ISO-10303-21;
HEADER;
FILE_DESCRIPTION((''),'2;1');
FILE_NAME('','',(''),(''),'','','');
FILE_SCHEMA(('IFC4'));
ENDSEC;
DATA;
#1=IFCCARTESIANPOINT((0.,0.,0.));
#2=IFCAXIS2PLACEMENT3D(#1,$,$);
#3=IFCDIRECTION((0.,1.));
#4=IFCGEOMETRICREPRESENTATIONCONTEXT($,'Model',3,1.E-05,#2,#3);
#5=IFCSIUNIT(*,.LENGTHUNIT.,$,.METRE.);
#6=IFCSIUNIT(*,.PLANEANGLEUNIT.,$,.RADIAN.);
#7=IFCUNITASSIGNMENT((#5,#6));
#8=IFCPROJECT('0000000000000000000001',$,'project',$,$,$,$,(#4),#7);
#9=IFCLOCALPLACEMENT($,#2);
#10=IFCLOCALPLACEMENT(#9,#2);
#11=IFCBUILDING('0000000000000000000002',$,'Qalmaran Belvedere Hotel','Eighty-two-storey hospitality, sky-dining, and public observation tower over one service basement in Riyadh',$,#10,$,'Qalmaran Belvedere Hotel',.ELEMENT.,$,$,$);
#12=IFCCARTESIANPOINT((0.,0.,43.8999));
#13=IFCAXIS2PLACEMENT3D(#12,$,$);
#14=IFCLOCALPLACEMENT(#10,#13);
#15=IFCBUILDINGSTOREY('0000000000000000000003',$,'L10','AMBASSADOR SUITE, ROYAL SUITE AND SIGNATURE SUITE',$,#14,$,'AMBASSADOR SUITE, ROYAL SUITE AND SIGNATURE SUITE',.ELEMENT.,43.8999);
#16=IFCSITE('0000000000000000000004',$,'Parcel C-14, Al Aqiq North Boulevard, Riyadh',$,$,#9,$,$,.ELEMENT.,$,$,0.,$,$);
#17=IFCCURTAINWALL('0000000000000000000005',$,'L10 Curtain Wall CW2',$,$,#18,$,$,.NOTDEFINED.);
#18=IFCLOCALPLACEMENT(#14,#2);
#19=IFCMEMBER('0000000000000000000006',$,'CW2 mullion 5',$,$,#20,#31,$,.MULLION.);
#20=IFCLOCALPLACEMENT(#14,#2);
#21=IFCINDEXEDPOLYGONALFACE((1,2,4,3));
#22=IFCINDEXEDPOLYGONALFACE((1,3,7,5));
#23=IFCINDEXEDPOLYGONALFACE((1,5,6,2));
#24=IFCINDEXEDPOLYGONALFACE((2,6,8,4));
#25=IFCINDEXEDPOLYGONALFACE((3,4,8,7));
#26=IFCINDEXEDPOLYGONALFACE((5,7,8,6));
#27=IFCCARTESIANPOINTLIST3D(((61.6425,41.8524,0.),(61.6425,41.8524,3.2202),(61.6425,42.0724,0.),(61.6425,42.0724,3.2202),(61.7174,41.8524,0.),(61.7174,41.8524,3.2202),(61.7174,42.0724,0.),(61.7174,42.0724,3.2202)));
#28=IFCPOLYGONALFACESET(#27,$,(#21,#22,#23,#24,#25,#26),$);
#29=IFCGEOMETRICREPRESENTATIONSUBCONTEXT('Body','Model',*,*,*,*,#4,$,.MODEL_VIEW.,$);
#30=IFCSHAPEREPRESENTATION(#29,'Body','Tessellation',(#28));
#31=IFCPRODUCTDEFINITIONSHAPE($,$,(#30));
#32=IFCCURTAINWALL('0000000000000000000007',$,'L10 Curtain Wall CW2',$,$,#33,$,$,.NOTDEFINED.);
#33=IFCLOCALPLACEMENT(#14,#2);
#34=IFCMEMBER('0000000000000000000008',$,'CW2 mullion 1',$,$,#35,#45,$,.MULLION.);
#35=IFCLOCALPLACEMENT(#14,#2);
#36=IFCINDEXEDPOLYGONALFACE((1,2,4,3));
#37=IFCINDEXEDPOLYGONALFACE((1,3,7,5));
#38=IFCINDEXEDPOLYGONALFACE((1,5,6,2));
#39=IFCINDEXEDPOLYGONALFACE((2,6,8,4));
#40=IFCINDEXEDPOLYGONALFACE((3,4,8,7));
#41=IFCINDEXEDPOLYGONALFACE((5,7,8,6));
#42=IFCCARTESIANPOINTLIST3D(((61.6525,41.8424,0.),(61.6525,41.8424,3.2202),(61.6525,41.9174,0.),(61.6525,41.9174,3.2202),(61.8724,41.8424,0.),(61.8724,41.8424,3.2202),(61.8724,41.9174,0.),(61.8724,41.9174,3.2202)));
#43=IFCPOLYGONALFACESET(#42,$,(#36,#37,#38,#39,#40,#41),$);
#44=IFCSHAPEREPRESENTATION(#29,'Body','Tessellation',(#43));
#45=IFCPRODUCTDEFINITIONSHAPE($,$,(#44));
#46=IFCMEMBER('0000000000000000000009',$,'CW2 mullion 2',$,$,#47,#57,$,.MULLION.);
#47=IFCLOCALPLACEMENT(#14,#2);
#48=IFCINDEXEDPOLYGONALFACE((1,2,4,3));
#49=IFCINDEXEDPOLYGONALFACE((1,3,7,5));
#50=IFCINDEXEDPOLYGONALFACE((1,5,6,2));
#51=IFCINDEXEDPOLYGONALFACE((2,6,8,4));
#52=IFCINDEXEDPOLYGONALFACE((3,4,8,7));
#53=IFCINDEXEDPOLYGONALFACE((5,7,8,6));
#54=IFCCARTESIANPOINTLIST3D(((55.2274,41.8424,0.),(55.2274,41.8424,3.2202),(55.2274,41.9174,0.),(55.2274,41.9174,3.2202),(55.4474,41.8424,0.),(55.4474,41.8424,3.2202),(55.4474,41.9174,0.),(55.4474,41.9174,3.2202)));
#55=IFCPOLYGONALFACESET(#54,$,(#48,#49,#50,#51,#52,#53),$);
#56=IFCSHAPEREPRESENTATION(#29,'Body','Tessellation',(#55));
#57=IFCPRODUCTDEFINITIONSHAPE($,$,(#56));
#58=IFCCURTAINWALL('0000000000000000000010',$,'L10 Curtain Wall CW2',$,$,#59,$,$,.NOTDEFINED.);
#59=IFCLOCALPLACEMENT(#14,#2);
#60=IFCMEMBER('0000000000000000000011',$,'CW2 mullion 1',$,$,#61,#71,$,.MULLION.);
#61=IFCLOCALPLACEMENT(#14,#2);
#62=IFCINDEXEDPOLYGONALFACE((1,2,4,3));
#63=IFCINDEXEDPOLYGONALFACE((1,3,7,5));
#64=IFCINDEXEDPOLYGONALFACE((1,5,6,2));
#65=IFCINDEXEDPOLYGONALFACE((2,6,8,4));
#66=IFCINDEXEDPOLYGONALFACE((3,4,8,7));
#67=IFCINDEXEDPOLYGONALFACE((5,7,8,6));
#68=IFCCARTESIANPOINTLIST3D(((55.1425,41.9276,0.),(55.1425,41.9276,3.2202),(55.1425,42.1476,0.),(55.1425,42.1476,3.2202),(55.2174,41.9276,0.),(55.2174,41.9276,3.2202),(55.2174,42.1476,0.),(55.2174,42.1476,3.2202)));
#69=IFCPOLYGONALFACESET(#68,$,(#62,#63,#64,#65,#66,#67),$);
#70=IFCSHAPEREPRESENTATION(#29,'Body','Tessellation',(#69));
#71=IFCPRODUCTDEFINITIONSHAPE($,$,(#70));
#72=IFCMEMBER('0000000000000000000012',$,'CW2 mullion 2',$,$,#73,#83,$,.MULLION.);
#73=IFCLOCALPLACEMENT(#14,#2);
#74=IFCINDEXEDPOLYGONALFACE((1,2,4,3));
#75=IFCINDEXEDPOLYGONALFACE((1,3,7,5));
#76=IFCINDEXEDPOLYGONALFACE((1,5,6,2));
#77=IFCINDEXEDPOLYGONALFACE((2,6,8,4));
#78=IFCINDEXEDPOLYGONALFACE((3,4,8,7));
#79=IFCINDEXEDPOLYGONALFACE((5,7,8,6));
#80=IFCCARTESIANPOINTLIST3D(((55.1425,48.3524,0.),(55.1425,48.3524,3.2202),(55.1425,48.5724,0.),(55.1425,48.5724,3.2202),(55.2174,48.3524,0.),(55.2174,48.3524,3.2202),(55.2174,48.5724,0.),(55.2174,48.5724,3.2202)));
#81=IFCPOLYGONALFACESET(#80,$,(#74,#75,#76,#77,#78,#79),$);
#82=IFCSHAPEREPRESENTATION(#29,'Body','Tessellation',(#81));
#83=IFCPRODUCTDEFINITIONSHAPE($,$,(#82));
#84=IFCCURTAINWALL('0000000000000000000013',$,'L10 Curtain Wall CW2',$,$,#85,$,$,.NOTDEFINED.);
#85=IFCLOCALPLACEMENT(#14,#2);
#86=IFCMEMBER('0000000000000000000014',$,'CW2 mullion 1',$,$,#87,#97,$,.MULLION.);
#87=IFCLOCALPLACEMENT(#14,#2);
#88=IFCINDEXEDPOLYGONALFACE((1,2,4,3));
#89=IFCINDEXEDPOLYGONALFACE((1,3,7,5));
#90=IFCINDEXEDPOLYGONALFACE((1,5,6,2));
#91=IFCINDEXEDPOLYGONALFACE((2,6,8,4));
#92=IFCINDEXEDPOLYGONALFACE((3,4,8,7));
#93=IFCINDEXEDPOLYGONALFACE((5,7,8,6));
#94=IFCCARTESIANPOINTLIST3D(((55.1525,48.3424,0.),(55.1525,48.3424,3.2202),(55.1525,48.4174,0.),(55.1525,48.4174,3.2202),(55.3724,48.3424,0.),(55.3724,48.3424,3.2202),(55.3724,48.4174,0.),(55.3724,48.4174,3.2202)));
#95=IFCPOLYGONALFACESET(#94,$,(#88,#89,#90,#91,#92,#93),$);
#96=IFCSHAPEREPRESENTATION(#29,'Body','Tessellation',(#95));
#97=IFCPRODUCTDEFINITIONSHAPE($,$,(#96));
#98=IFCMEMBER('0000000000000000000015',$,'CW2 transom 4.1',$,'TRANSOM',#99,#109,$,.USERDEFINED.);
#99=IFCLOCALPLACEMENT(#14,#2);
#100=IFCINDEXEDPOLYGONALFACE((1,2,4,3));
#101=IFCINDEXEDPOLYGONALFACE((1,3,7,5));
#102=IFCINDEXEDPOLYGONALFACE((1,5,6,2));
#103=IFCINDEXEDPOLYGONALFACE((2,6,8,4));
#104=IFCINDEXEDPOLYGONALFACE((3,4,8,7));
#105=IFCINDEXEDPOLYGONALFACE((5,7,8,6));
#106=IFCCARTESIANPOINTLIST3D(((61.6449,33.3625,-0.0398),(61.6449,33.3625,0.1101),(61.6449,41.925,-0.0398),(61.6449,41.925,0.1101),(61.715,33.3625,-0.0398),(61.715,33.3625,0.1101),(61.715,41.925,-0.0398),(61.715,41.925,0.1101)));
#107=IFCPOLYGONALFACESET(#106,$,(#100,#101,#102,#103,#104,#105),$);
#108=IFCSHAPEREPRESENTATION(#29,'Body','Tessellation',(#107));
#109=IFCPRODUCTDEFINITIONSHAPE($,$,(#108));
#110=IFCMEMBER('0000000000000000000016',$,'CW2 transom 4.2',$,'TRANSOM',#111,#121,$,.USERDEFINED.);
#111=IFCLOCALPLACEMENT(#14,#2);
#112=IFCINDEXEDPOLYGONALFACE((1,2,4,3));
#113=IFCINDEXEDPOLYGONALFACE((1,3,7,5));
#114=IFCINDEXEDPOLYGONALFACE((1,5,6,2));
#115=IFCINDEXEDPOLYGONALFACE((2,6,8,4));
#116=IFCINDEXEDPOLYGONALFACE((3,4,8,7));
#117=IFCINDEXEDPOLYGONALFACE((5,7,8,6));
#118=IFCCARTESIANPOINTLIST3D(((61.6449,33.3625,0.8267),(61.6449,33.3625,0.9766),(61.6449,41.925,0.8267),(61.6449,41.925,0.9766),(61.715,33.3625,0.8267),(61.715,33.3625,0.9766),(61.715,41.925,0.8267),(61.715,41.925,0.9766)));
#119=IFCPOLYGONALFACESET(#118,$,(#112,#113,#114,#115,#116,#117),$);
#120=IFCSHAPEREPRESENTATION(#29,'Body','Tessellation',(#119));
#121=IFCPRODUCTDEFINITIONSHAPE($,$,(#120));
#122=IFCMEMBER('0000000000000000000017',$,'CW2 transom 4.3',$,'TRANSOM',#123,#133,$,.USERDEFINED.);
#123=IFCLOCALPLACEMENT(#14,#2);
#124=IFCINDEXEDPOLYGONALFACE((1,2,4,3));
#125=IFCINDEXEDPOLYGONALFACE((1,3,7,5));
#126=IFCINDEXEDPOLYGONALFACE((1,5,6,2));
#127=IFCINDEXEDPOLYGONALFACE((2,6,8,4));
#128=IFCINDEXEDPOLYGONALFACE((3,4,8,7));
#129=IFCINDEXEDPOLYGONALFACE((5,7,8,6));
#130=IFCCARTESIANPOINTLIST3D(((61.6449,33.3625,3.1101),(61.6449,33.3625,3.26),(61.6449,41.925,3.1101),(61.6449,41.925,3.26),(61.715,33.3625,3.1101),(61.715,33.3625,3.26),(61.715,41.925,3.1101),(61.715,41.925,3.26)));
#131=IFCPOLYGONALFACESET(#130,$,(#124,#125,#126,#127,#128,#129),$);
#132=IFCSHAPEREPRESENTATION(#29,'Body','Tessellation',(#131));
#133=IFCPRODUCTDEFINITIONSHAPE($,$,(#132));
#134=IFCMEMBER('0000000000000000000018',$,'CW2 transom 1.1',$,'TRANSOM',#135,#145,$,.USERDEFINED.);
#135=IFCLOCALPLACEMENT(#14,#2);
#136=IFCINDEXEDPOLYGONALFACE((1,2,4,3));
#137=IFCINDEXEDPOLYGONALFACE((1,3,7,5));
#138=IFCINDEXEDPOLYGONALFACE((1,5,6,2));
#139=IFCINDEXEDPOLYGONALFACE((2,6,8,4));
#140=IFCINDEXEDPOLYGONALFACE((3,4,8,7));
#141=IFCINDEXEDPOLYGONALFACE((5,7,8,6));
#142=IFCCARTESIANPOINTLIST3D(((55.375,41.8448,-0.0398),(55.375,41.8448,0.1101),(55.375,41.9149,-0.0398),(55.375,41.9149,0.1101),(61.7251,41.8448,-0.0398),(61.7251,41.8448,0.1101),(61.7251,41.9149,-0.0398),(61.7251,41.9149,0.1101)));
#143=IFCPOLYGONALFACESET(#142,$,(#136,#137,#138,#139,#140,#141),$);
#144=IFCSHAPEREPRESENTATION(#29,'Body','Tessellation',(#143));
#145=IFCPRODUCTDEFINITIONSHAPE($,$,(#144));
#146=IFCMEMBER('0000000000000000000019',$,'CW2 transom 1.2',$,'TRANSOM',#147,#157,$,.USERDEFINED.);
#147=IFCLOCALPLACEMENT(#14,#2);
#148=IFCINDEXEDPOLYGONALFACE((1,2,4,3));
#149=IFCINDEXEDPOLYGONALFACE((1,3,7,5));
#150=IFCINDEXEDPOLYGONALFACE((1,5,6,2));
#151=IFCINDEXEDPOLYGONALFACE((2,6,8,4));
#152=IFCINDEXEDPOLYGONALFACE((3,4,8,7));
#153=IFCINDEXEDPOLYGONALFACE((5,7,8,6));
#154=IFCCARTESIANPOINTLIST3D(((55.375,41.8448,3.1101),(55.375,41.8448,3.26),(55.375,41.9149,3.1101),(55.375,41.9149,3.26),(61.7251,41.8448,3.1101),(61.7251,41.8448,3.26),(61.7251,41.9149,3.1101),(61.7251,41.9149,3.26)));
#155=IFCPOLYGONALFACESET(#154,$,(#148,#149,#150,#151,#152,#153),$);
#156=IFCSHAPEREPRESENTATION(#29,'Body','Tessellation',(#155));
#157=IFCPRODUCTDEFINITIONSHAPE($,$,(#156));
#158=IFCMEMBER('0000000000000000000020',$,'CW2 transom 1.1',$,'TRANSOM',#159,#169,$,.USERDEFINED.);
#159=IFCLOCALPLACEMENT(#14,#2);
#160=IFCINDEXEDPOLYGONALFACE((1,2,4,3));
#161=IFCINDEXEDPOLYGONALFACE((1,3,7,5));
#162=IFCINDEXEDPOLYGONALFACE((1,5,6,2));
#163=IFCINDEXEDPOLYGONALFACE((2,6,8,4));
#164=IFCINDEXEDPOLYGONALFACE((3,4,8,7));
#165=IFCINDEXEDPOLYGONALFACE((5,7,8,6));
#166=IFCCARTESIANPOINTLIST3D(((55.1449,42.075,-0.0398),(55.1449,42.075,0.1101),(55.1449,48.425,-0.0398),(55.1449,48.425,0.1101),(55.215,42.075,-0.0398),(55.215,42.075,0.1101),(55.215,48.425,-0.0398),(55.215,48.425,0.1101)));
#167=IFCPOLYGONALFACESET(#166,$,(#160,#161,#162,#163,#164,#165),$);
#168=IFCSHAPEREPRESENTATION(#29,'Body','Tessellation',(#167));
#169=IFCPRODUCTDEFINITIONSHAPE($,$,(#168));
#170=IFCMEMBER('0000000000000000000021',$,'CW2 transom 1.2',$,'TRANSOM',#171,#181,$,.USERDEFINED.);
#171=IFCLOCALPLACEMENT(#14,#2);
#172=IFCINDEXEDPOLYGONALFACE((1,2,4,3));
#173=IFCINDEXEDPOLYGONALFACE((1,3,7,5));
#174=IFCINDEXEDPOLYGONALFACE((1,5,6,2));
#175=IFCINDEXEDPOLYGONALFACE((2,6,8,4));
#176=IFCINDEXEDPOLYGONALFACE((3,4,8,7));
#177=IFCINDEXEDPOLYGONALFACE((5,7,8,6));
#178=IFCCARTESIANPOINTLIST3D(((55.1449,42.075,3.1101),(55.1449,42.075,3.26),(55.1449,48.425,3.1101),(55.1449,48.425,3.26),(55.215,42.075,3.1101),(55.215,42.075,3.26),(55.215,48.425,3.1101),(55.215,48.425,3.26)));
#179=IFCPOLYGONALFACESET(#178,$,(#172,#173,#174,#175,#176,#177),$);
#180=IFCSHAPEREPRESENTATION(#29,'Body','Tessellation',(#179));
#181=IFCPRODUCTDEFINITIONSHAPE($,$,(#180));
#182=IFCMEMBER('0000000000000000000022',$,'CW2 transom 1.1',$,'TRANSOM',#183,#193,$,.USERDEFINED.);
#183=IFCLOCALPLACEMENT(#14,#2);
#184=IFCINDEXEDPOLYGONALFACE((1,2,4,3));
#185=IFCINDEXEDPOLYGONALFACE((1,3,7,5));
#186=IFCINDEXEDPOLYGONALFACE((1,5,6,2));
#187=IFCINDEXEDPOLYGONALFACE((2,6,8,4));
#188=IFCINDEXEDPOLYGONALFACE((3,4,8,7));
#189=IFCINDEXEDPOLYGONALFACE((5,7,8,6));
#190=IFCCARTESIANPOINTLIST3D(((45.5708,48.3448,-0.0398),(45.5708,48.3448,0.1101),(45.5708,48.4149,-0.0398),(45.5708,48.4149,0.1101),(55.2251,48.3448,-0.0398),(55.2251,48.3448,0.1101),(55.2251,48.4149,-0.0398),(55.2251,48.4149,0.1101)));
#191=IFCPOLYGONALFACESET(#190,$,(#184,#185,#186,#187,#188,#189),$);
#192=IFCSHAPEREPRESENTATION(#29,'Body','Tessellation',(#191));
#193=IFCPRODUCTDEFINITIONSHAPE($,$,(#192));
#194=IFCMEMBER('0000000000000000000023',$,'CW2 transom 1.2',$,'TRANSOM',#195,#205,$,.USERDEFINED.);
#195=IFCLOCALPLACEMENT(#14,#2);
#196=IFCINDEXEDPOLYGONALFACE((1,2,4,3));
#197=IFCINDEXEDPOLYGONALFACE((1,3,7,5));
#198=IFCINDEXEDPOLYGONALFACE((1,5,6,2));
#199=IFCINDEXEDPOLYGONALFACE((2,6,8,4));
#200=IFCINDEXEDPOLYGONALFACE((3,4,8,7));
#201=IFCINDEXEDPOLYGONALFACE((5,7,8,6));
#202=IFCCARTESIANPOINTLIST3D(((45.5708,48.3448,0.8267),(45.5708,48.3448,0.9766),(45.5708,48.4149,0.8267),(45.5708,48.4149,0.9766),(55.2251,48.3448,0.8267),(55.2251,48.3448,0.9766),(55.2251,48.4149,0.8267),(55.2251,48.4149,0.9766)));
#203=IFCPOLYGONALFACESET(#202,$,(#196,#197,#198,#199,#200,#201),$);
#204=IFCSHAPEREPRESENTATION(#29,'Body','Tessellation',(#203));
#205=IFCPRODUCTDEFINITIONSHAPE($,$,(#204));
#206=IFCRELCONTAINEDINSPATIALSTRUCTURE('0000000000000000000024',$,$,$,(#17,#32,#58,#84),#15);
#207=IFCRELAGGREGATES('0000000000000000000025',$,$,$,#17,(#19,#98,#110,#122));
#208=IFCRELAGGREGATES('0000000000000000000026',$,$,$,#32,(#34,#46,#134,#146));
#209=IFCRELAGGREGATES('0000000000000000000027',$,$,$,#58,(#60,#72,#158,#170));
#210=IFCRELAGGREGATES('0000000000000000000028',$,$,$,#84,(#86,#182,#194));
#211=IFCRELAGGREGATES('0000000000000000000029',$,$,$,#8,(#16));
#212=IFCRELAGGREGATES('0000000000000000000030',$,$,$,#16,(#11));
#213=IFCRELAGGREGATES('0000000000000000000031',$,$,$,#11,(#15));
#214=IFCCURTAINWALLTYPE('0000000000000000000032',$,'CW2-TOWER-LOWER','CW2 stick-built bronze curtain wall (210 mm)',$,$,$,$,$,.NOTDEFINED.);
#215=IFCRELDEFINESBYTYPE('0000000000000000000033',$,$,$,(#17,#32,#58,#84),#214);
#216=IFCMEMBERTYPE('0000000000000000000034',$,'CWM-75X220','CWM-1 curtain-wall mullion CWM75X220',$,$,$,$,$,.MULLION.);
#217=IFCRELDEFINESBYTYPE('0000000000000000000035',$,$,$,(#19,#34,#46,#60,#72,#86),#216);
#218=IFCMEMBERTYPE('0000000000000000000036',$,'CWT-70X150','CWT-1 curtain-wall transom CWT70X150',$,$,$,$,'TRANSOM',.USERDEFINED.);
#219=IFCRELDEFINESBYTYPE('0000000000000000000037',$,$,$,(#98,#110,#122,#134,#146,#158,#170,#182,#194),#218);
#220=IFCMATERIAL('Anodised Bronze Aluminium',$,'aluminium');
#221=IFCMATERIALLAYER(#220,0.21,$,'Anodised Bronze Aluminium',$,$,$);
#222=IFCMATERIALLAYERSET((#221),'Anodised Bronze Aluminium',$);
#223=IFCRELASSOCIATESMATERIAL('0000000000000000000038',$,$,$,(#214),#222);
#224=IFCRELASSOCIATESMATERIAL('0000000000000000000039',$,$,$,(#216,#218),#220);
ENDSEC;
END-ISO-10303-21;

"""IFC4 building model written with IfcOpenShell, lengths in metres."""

from ifc_helpers import new_model, si_unit, direction, frame, origin, origin_2d, place, context, subcontext, project, spatial, rectangle, extrude, material, layer, layer_set, material_profile, profile_set, type_object, element, aggregate, save


model = new_model("IFC4")

# Units and contexts
model_context = context("Model", 3, precision=1e-05, world=origin(), true_north=direction((0.0, 1.0)))
body_context = subcontext(model_context, "Body", "Model", "MODEL_VIEW")
ifc_project = project(units=[si_unit("LENGTHUNIT", "METRE"), si_unit("PLANEANGLEUNIT", "RADIAN")], contexts=[model_context])

# Site, building, storey
site_placement = place(None, origin())
site = spatial("IfcSite", under=ifc_project, at=site_placement, Name="Parcel C-14, Al Aqiq North Boulevard, Riyadh", CompositionType="ELEMENT", RefElevation=0.0)
building_placement = place(site_placement, origin())
building = spatial("IfcBuilding", under=site, at=building_placement, Name="Qalmaran Belvedere Hotel", Description="Eighty-two-storey hospitality, sky-dining, and public observation tower over one service basement in Riyadh", LongName="Qalmaran Belvedere Hotel", CompositionType="ELEMENT")
storey_placement = place(building_placement, frame((0.0, 0.0, 43.8999)))
storey = spatial("IfcBuildingStorey", under=building, at=storey_placement, Name="L10", Description="AMBASSADOR SUITE, ROYAL SUITE AND SIGNATURE SUITE", LongName="AMBASSADOR SUITE, ROYAL SUITE AND SIGNATURE SUITE", CompositionType="ELEMENT", Elevation=43.8999)

# Curtain wall, member
ifc_material_1 = material(Name="Anodised Bronze Aluminium", Category="aluminium")
ifc_layer_1 = layer(ifc_material_1, 0.21, Name="Anodised Bronze Aluminium")
ifc_layer_set_1 = layer_set([ifc_layer_1], Name="Anodised Bronze Aluminium")
curtain_wall_type = type_object("IfcCurtainWallType", Name="CW2-TOWER-LOWER", Description="CW2 stick-built bronze curtain wall (210 mm)", PredefinedType="NOTDEFINED", material=ifc_layer_set_1)
curtain_wall_1_placement = place(storey_placement, origin())
curtain_wall_1 = element("IfcCurtainWall", 1, at=curtain_wall_1_placement, inside=storey, type_object=curtain_wall_type, Name="L10 Curtain Wall CW2", PredefinedType="NOTDEFINED")
ifc_material_profile_1 = material_profile(ifc_material_1, rectangle(XDim=0.075, YDim=0.22, at=origin_2d()), Name="CWM75X220")
ifc_profile_set_1 = profile_set([ifc_material_profile_1], Name="Anodised Bronze Aluminium")
member_type_1 = type_object("IfcMemberType", Name="CWM-75X220", Description="CWM-1 curtain-wall mullion CWM75X220", PredefinedType="MULLION", material=ifc_profile_set_1)
member_1_placement = place(storey_placement, frame((61.6799, 41.9624, 0.0), z_axis=(0.0, 0.0, 1.0), x_axis=(-1.0, 0.0, 0.0)))
member_1 = element("IfcMember", 2, at=member_1_placement, type_object=member_type_1, Name="CW2 mullion 5", PredefinedType="MULLION", context=body_context, shape_type="SweptSolid", body=[
    extrude(rectangle(XDim=0.075, YDim=0.22, at=origin_2d()), origin(), (0.0, 0.0, 1.0), 3.2202),
])

# Curtain walls, members
curtain_wall_2_placement = place(storey_placement, origin())
curtain_wall_2 = element("IfcCurtainWall", 3, at=curtain_wall_2_placement, inside=storey, type_object=curtain_wall_type, Name="L10 Curtain Wall CW2", PredefinedType="NOTDEFINED")
member_2_placement = place(storey_placement, frame((61.7625, 41.8799, 0.0), z_axis=(0.0, 0.0, 1.0), x_axis=(0.0, -1.0, 0.0)))
member_2 = element("IfcMember", 4, at=member_2_placement, type_object=member_type_1, Name="CW2 mullion 1", PredefinedType="MULLION", context=body_context, shape_type="SweptSolid", body=[
    extrude(rectangle(XDim=0.075, YDim=0.22, at=origin_2d()), origin(), (0.0, 0.0, 1.0), 3.2202),
])
member_3_placement = place(storey_placement, frame((55.3374, 41.8799, 0.0), z_axis=(0.0, 0.0, 1.0), x_axis=(0.0, -1.0, 0.0)))
member_3 = element("IfcMember", 5, at=member_3_placement, type_object=member_type_1, Name="CW2 mullion 2", PredefinedType="MULLION", context=body_context, shape_type="SweptSolid", body=[
    extrude(rectangle(XDim=0.075, YDim=0.22, at=origin_2d()), origin(), (0.0, 0.0, 1.0), 3.2202),
])
curtain_wall_3_placement = place(storey_placement, origin())
curtain_wall_3 = element("IfcCurtainWall", 6, at=curtain_wall_3_placement, inside=storey, type_object=curtain_wall_type, Name="L10 Curtain Wall CW2", PredefinedType="NOTDEFINED")
member_4_placement = place(storey_placement, frame((55.1799, 42.0376, 0.0), z_axis=(0.0, 0.0, 1.0), x_axis=(-1.0, 0.0, 0.0)))
member_4 = element("IfcMember", 7, at=member_4_placement, type_object=member_type_1, Name="CW2 mullion 1", PredefinedType="MULLION", context=body_context, shape_type="SweptSolid", body=[
    extrude(rectangle(XDim=0.075, YDim=0.22, at=origin_2d()), origin(), (0.0, 0.0, 1.0), 3.2202),
])
member_5_placement = place(storey_placement, frame((55.1799, 48.4624, 0.0), z_axis=(0.0, 0.0, 1.0), x_axis=(-1.0, 0.0, 0.0)))
member_5 = element("IfcMember", 8, at=member_5_placement, type_object=member_type_1, Name="CW2 mullion 2", PredefinedType="MULLION", context=body_context, shape_type="SweptSolid", body=[
    extrude(rectangle(XDim=0.075, YDim=0.22, at=origin_2d()), origin(), (0.0, 0.0, 1.0), 3.2202),
])

# Curtain wall, member
curtain_wall_4_placement = place(storey_placement, origin())
curtain_wall_4 = element("IfcCurtainWall", 9, at=curtain_wall_4_placement, inside=storey, type_object=curtain_wall_type, Name="L10 Curtain Wall CW2", PredefinedType="NOTDEFINED")
member_6_placement = place(storey_placement, frame((55.2625, 48.3799, 0.0), z_axis=(0.0, 0.0, 1.0), x_axis=(0.0, -1.0, 0.0)))
member_6 = element("IfcMember", 10, at=member_6_placement, type_object=member_type_1, Name="CW2 mullion 1", PredefinedType="MULLION", context=body_context, shape_type="SweptSolid", body=[
    extrude(rectangle(XDim=0.075, YDim=0.22, at=origin_2d()), origin(), (0.0, 0.0, 1.0), 3.2202),
])

# Members
ifc_material_profile_2 = material_profile(ifc_material_1, rectangle(XDim=0.0701, YDim=0.1499, at=origin_2d()), Name="CWT70X150")
ifc_profile_set_2 = profile_set([ifc_material_profile_2], Name="Anodised Bronze Aluminium")
member_type_2 = type_object("IfcMemberType", Name="CWT-70X150", Description="CWT-1 curtain-wall transom CWT70X150", ElementType="TRANSOM", PredefinedType="USERDEFINED", material=ifc_profile_set_2)
member_7_placement = place(storey_placement, frame((61.6799, 33.3625, 0.0352), z_axis=(0.0, 1.0, 0.0), x_axis=(-1.0, 0.0, 0.0)))
member_7 = element("IfcMember", 11, at=member_7_placement, type_object=member_type_2, Name="CW2 transom 4.1", ObjectType="TRANSOM", PredefinedType="USERDEFINED", context=body_context, shape_type="SweptSolid", body=[
    extrude(rectangle(XDim=0.0701, YDim=0.1499, at=origin_2d()), origin(), (0.0, 0.0, 1.0), 8.5625),
])
member_8_placement = place(storey_placement, frame((61.6799, 33.3625, 0.9016), z_axis=(0.0, 1.0, 0.0), x_axis=(-1.0, 0.0, 0.0)))
member_8 = element("IfcMember", 12, at=member_8_placement, type_object=member_type_2, Name="CW2 transom 4.2", ObjectType="TRANSOM", PredefinedType="USERDEFINED", context=body_context, shape_type="SweptSolid", body=[
    extrude(rectangle(XDim=0.0701, YDim=0.1499, at=origin_2d()), origin(), (0.0, 0.0, 1.0), 8.5625),
])
member_9_placement = place(storey_placement, frame((61.6799, 33.3625, 3.1851), z_axis=(0.0, 1.0, 0.0), x_axis=(-1.0, 0.0, 0.0)))
member_9 = element("IfcMember", 13, at=member_9_placement, type_object=member_type_2, Name="CW2 transom 4.3", ObjectType="TRANSOM", PredefinedType="USERDEFINED", context=body_context, shape_type="SweptSolid", body=[
    extrude(rectangle(XDim=0.0701, YDim=0.1499, at=origin_2d()), origin(), (0.0, 0.0, 1.0), 8.5625),
])
member_10_placement = place(storey_placement, frame((61.7251, 41.8799, 0.0352), z_axis=(-1.0, 0.0, 0.0), x_axis=(0.0, -1.0, 0.0)))
member_10 = element("IfcMember", 14, at=member_10_placement, type_object=member_type_2, Name="CW2 transom 1.1", ObjectType="TRANSOM", PredefinedType="USERDEFINED", context=body_context, shape_type="SweptSolid", body=[
    extrude(rectangle(XDim=0.0701, YDim=0.1499, at=origin_2d()), origin(), (0.0, 0.0, 1.0), 6.3501),
])
member_11_placement = place(storey_placement, frame((61.7251, 41.8799, 3.1851), z_axis=(-1.0, 0.0, 0.0), x_axis=(0.0, -1.0, 0.0)))
member_11 = element("IfcMember", 15, at=member_11_placement, type_object=member_type_2, Name="CW2 transom 1.2", ObjectType="TRANSOM", PredefinedType="USERDEFINED", context=body_context, shape_type="SweptSolid", body=[
    extrude(rectangle(XDim=0.0701, YDim=0.1499, at=origin_2d()), origin(), (0.0, 0.0, 1.0), 6.3501),
])
member_12_placement = place(storey_placement, frame((55.1799, 42.075, 0.0352), z_axis=(0.0, 1.0, 0.0), x_axis=(-1.0, 0.0, 0.0)))
member_12 = element("IfcMember", 16, at=member_12_placement, type_object=member_type_2, Name="CW2 transom 1.1", ObjectType="TRANSOM", PredefinedType="USERDEFINED", context=body_context, shape_type="SweptSolid", body=[
    extrude(rectangle(XDim=0.0701, YDim=0.1499, at=origin_2d()), origin(), (0.0, 0.0, 1.0), 6.3501),
])
member_13_placement = place(storey_placement, frame((55.1799, 42.075, 3.1851), z_axis=(0.0, 1.0, 0.0), x_axis=(-1.0, 0.0, 0.0)))
member_13 = element("IfcMember", 17, at=member_13_placement, type_object=member_type_2, Name="CW2 transom 1.2", ObjectType="TRANSOM", PredefinedType="USERDEFINED", context=body_context, shape_type="SweptSolid", body=[
    extrude(rectangle(XDim=0.0701, YDim=0.1499, at=origin_2d()), origin(), (0.0, 0.0, 1.0), 6.3501),
])
member_14_placement = place(storey_placement, frame((55.2251, 48.3799, 0.0352), z_axis=(-1.0, 0.0, 0.0), x_axis=(0.0, -1.0, 0.0)))
member_14 = element("IfcMember", 18, at=member_14_placement, type_object=member_type_2, Name="CW2 transom 1.1", ObjectType="TRANSOM", PredefinedType="USERDEFINED", context=body_context, shape_type="SweptSolid", body=[
    extrude(rectangle(XDim=0.0701, YDim=0.1499, at=origin_2d()), origin(), (0.0, 0.0, 1.0), 9.6543),
])
member_15_placement = place(storey_placement, frame((55.2251, 48.3799, 0.9016), z_axis=(-1.0, 0.0, 0.0), x_axis=(0.0, -1.0, 0.0)))
member_15 = element("IfcMember", 19, at=member_15_placement, type_object=member_type_2, Name="CW2 transom 1.2", ObjectType="TRANSOM", PredefinedType="USERDEFINED", context=body_context, shape_type="SweptSolid", body=[
    extrude(rectangle(XDim=0.0701, YDim=0.1499, at=origin_2d()), origin(), (0.0, 0.0, 1.0), 9.6543),
])

aggregate(curtain_wall_1, [member_1, member_7, member_8, member_9])
aggregate(curtain_wall_2, [member_2, member_3, member_10, member_11])
aggregate(curtain_wall_3, [member_4, member_5, member_12, member_13])
aggregate(curtain_wall_4, [member_6, member_14, member_15])

save(model, "model.ifc")
